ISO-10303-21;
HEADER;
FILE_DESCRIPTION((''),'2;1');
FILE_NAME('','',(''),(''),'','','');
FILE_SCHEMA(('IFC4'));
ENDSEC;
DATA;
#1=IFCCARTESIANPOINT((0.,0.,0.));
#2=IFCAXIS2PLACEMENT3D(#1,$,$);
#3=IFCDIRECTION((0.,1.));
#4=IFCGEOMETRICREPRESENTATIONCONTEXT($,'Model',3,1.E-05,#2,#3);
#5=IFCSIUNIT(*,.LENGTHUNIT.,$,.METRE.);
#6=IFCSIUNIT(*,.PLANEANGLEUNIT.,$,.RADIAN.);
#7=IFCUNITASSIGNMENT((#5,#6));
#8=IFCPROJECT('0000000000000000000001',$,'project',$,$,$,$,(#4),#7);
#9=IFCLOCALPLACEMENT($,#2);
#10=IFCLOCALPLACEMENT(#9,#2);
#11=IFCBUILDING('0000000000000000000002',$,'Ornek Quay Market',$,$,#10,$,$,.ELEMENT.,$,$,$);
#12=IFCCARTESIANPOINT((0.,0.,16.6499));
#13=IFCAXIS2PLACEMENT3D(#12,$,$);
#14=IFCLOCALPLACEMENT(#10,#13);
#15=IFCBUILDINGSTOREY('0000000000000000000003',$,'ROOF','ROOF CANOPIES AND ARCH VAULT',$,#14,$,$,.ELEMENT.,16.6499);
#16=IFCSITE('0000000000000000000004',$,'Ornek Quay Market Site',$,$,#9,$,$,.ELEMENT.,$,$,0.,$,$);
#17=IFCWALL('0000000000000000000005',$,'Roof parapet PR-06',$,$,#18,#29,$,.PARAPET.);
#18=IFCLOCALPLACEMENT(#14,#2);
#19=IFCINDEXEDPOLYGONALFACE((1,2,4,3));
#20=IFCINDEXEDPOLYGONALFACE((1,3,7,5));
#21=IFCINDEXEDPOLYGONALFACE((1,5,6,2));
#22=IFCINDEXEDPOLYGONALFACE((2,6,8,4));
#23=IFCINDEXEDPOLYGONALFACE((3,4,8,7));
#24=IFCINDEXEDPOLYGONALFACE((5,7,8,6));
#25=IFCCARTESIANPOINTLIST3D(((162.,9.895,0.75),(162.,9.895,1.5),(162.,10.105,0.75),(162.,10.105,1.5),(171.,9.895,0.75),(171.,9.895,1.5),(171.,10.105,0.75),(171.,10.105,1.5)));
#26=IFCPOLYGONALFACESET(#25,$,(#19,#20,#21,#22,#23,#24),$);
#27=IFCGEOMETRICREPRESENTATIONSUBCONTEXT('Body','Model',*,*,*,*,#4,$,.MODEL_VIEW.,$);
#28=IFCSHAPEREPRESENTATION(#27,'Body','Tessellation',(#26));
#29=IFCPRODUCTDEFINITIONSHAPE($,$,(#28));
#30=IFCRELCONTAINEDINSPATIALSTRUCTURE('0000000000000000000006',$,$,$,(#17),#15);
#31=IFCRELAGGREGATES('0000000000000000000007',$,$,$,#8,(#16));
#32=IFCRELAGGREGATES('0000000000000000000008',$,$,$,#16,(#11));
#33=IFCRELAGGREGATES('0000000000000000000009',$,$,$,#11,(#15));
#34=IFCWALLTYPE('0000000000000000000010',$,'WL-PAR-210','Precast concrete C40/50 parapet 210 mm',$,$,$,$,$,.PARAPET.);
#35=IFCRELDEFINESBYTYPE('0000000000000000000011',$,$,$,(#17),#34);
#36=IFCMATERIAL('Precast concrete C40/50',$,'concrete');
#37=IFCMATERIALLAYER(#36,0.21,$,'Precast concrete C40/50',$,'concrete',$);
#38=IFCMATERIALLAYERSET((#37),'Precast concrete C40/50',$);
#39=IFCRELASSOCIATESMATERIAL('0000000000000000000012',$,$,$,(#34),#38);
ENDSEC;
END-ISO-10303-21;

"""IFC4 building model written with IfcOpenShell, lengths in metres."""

from ifc_helpers import new_model, si_unit, direction, frame, frame_2d, origin, place, context, subcontext, project, spatial, rectangle, extrude, material, layer, layer_set, type_object, element, save


model = new_model("IFC4")

# Units and contexts
model_context = context("Model", 3, precision=1e-05, world=origin(), true_north=direction((0.0, 1.0)))
body_context = subcontext(model_context, "Body", "Model", "MODEL_VIEW")
ifc_project = project(units=[si_unit("LENGTHUNIT", "METRE"), si_unit("PLANEANGLEUNIT", "RADIAN")], contexts=[model_context])

# Site, building, storey
site_placement = place(None, origin())
site = spatial("IfcSite", under=ifc_project, at=site_placement, Name="Ornek Quay Market Site", CompositionType="ELEMENT", RefElevation=0.0)
building_placement = place(site_placement, origin())
building = spatial("IfcBuilding", under=site, at=building_placement, Name="Ornek Quay Market", CompositionType="ELEMENT")
storey_placement = place(building_placement, frame((0.0, 0.0, 16.6499)))
storey = spatial("IfcBuildingStorey", under=building, at=storey_placement, Name="ROOF", Description="ROOF CANOPIES AND ARCH VAULT", CompositionType="ELEMENT", Elevation=16.6499)

# Wall
ifc_material_1 = material(Name="Precast concrete C40/50", Category="concrete")
ifc_layer_1 = layer(ifc_material_1, 0.21, Name="Precast concrete C40/50", Category="concrete")
ifc_layer_set_1 = layer_set([ifc_layer_1], Name="Precast concrete C40/50")
wall_type = type_object("IfcWallType", Name="WL-PAR-210", Description="Precast concrete C40/50 parapet 210 mm", PredefinedType="PARAPET", material=ifc_layer_set_1)
wall_placement = place(storey_placement, frame((162.0, 10.0, 0.75), z_axis=(0.0, 0.0, 1.0), x_axis=(1.0, 0.0, 0.0)))
element("IfcWall", 1, at=wall_placement, inside=storey, type_object=wall_type, Name="Roof parapet PR-06", PredefinedType="PARAPET", context=body_context, shape_type="SweptSolid", body=[
    extrude(rectangle(XDim=9.0, YDim=0.21, at=frame_2d((4.5, 0.0))), origin(), (0.0, 0.0, 1.0), 0.75),
])

save(model, "model.ifc")
